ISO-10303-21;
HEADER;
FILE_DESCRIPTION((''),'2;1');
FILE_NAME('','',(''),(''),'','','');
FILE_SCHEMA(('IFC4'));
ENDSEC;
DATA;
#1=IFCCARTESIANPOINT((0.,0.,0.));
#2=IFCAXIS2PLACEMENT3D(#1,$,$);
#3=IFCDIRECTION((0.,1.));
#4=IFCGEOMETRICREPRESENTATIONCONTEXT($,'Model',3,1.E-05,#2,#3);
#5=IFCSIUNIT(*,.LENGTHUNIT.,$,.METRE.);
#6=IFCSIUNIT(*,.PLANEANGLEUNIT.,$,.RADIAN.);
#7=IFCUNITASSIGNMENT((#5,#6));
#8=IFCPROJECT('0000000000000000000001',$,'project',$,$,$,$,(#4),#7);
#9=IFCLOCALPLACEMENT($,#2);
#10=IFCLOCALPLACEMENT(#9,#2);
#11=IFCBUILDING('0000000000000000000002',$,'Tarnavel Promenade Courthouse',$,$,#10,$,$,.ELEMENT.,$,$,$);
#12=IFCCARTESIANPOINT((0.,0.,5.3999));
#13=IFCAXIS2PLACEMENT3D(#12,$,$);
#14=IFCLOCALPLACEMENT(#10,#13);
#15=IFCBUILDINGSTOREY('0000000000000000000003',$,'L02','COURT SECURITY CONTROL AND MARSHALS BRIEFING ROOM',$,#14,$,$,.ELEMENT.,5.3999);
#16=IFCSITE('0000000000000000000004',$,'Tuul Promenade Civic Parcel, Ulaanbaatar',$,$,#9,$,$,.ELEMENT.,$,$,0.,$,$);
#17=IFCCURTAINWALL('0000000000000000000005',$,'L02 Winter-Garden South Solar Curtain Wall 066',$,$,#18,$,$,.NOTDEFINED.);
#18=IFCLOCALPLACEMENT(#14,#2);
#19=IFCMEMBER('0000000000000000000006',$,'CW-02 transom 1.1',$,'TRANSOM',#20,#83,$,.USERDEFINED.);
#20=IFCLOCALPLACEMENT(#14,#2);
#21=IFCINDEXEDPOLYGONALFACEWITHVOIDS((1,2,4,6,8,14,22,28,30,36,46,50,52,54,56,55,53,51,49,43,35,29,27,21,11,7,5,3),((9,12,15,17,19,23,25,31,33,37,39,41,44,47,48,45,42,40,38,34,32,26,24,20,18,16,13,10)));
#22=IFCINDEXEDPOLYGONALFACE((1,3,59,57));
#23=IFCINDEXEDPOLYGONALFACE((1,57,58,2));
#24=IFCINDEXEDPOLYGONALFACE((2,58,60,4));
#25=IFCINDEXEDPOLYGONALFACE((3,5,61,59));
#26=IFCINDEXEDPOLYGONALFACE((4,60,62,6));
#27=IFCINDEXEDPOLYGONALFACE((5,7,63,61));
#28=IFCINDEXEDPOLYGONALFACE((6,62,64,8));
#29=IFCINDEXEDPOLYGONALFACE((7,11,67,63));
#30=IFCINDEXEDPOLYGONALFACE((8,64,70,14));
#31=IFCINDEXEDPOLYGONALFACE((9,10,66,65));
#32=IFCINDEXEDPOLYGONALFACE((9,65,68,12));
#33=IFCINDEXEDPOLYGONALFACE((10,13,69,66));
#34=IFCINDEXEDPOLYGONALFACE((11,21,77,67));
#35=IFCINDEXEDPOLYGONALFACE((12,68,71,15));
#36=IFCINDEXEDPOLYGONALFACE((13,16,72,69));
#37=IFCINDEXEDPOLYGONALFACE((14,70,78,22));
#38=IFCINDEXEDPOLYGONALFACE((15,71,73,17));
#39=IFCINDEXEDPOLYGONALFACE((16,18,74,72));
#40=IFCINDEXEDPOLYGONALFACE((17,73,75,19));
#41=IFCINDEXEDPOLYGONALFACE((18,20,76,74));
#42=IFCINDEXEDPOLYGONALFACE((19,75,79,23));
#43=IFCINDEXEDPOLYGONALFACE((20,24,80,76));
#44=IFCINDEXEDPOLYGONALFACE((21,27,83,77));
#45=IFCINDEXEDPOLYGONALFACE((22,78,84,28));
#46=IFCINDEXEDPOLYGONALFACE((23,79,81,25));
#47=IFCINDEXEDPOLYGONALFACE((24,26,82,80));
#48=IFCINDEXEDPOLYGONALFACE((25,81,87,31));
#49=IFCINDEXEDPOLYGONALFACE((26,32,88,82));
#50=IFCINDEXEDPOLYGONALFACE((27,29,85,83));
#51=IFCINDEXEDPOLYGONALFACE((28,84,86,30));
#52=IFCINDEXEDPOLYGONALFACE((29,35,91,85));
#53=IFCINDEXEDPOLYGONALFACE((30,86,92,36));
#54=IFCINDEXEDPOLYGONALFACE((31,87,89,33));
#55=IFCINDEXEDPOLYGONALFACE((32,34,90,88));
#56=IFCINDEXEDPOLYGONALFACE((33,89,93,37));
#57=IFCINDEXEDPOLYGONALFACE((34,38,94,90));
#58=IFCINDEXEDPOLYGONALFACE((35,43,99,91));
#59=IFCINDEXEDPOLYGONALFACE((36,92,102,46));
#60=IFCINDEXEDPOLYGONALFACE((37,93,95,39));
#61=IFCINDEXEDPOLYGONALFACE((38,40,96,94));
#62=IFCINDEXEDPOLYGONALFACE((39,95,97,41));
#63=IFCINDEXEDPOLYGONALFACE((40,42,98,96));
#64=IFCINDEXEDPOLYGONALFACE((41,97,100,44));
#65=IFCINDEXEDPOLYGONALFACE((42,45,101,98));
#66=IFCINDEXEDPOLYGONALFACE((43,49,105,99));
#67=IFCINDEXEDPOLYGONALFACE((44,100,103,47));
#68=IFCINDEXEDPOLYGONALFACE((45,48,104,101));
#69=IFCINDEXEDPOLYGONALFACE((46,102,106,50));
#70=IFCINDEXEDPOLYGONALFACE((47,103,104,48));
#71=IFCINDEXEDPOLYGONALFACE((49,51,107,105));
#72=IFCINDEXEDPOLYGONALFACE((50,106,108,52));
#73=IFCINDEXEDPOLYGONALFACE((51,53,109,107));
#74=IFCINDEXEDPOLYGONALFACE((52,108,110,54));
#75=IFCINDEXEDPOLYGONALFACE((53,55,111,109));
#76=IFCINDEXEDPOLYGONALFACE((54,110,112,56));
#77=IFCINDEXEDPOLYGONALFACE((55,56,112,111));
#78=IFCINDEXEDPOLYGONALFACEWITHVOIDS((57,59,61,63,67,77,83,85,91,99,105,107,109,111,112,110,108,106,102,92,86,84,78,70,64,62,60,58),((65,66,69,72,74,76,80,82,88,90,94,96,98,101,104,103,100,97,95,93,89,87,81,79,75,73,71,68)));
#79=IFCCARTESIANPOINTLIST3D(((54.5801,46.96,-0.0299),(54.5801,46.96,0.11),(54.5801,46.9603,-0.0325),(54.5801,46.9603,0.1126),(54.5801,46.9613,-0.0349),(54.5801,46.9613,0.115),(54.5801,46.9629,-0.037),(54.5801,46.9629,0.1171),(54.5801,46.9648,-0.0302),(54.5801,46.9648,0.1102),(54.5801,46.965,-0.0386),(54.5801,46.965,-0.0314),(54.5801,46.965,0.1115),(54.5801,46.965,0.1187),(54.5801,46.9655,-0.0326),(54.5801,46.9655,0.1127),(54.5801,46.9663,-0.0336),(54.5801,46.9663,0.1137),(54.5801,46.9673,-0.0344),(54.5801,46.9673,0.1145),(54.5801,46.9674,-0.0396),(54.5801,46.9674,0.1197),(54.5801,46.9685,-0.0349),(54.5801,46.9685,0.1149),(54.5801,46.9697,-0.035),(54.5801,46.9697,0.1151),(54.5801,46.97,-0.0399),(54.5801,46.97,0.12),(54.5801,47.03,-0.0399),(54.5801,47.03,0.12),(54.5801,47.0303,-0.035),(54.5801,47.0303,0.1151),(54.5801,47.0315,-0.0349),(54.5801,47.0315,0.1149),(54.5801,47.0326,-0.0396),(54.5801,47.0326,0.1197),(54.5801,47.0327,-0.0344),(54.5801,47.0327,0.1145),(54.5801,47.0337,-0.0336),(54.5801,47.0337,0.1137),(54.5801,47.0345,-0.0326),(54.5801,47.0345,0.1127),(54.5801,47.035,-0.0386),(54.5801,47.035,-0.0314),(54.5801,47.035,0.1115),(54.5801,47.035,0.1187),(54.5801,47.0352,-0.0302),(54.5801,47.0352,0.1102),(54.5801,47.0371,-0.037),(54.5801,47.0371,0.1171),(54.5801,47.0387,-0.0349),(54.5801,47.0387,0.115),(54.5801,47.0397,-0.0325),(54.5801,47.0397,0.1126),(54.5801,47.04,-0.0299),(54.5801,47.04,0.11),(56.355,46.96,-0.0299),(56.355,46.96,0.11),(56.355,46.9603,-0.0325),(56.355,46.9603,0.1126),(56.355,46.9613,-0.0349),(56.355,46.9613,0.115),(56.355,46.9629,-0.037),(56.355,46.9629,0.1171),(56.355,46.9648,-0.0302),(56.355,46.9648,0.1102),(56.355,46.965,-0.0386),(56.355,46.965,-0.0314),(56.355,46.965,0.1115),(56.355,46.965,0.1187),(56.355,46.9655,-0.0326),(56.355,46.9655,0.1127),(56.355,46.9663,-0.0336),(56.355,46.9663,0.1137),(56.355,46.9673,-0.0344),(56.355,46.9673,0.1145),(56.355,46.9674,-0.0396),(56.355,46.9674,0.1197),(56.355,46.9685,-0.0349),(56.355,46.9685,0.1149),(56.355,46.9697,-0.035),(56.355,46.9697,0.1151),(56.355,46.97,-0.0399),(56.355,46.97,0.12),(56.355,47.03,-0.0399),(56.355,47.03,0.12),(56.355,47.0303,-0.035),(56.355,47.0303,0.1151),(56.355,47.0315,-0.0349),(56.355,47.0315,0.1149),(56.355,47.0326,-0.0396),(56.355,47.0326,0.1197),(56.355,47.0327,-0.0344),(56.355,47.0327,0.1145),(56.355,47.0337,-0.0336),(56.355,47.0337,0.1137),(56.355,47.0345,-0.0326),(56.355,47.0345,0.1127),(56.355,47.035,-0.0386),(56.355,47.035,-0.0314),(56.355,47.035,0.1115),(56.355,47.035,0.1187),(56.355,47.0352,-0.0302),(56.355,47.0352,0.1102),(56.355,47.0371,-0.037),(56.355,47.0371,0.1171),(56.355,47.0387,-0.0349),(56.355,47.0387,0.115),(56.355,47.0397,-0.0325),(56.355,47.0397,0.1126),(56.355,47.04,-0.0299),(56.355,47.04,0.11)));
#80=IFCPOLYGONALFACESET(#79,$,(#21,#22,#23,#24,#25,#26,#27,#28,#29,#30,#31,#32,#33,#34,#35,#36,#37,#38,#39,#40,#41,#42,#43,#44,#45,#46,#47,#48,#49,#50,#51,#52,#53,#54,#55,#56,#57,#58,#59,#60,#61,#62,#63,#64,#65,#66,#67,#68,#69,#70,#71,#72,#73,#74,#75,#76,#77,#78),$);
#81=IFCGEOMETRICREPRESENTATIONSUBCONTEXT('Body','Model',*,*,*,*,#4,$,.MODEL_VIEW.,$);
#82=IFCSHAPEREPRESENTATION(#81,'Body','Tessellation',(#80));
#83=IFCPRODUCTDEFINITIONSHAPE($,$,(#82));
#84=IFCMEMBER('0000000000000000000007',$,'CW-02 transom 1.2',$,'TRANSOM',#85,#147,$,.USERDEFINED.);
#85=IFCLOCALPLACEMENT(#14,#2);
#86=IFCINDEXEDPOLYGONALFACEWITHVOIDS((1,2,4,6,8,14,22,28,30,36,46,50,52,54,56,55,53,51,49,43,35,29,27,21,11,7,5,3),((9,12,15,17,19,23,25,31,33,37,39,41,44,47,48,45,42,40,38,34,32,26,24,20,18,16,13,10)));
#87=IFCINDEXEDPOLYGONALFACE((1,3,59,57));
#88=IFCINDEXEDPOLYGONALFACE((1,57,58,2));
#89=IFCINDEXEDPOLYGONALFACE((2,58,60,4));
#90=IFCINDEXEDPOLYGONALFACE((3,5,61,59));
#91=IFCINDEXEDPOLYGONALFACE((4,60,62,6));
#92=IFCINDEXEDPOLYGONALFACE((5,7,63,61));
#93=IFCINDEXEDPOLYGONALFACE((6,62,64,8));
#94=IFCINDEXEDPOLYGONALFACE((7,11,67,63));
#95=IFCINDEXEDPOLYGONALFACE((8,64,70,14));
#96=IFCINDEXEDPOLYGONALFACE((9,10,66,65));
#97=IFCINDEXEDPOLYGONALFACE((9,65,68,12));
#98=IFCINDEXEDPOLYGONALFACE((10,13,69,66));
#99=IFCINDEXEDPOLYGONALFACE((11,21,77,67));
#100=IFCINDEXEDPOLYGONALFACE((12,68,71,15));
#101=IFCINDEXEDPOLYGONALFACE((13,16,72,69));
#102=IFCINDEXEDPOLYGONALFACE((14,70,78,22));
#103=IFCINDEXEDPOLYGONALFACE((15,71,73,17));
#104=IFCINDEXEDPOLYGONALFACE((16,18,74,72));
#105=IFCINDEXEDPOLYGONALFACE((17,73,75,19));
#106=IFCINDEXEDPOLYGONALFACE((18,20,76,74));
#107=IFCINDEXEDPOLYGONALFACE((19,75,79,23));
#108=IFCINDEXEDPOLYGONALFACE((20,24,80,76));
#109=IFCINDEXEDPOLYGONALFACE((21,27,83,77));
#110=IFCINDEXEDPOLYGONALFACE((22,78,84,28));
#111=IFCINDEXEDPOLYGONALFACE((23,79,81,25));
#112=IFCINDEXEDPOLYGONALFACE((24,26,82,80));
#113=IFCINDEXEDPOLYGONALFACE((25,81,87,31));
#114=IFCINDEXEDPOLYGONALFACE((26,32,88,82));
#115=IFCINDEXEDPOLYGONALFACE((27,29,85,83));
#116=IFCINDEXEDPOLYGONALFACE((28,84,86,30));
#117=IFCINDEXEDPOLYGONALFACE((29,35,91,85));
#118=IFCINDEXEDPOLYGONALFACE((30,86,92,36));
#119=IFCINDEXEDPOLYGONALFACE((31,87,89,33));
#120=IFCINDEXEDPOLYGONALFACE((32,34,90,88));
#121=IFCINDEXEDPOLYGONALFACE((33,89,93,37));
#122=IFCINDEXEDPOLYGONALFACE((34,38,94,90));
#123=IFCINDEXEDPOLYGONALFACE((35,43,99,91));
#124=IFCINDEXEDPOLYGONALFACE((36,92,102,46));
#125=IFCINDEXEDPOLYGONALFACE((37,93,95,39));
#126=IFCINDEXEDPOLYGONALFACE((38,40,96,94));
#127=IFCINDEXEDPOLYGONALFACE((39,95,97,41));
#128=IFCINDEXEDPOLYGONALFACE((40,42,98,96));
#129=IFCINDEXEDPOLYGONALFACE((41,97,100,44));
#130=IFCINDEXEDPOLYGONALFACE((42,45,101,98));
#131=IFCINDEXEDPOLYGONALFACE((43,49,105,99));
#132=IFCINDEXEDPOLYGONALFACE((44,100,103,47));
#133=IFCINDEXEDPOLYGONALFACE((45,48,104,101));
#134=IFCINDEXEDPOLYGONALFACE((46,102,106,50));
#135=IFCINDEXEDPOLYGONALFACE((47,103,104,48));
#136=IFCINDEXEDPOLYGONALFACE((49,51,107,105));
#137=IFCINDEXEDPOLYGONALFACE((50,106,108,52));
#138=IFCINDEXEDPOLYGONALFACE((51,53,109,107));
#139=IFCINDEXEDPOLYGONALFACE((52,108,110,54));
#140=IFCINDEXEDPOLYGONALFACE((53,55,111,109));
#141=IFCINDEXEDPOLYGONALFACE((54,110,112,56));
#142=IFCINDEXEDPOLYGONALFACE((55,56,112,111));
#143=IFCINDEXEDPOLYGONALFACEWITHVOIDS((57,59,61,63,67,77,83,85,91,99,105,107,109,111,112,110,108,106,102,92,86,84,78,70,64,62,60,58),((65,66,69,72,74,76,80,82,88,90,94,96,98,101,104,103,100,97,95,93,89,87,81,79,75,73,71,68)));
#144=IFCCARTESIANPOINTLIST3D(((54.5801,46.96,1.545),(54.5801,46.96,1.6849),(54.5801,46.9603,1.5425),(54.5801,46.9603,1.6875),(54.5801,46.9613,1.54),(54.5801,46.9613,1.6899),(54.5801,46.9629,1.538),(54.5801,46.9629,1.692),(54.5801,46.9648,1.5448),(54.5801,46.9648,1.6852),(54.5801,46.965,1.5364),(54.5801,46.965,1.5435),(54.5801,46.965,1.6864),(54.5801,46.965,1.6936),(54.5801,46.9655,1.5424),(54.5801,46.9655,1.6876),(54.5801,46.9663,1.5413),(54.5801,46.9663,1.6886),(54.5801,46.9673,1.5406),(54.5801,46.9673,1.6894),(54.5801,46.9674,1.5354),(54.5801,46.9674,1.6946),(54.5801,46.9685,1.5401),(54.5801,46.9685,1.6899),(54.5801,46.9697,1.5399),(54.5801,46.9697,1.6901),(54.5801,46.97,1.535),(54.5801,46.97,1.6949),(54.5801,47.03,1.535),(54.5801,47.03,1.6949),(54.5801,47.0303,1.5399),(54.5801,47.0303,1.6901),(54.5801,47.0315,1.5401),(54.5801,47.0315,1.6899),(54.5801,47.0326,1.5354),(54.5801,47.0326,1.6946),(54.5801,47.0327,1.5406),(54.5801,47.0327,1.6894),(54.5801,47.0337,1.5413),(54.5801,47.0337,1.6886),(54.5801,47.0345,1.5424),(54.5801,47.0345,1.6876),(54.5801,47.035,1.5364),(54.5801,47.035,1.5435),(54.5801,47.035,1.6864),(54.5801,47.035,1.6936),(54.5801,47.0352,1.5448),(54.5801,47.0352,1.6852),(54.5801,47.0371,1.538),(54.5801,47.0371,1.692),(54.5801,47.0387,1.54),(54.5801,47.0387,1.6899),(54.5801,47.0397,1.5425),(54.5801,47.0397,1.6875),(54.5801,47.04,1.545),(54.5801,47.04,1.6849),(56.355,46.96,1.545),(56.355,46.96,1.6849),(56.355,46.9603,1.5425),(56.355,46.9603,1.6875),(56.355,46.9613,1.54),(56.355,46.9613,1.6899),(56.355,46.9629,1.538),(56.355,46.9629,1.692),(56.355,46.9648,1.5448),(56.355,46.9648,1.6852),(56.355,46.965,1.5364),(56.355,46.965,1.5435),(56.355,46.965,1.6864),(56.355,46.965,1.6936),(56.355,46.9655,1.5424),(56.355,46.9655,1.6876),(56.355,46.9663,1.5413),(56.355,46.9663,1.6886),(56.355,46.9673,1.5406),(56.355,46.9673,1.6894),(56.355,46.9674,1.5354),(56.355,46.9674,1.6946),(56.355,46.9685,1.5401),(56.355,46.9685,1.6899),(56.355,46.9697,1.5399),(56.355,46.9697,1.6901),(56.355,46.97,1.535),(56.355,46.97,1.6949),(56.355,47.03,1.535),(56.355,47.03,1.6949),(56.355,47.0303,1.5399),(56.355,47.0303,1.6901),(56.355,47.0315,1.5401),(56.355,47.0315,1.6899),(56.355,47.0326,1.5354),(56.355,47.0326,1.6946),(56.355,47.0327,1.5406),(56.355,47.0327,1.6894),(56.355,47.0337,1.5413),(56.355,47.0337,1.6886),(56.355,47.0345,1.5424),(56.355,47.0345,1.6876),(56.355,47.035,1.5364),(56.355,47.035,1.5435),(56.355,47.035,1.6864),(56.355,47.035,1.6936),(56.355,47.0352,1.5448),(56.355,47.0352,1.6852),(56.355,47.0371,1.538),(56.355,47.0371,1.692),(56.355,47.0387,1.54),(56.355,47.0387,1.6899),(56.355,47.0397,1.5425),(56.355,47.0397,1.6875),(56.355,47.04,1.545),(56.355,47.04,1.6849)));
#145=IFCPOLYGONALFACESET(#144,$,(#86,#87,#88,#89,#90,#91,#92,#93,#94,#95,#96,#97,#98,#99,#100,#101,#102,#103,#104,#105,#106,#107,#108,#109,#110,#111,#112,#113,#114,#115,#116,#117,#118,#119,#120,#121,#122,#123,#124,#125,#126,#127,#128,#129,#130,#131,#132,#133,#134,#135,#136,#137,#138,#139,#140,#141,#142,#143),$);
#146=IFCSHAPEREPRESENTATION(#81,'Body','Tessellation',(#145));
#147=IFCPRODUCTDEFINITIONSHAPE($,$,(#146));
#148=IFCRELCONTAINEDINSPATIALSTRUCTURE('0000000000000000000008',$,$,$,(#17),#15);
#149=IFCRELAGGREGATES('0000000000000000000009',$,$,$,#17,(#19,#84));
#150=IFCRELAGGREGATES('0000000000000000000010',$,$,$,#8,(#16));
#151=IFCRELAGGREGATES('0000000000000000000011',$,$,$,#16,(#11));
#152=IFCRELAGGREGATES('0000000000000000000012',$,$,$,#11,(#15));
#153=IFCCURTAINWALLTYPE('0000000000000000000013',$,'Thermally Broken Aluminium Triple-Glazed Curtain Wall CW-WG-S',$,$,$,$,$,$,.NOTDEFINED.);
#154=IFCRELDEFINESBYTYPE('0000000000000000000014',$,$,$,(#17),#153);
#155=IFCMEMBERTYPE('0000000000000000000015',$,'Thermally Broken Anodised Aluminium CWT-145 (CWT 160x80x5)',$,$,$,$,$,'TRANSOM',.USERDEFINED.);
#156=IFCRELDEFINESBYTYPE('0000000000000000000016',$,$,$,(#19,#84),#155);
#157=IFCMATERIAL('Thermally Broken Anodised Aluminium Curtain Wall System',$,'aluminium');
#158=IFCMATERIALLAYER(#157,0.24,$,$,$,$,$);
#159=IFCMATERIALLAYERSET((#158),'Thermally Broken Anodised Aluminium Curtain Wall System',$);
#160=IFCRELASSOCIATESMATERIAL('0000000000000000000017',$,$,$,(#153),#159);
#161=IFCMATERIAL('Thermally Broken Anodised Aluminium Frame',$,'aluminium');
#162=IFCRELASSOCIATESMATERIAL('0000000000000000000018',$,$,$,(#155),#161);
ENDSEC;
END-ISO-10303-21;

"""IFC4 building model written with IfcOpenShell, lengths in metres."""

from ifc_helpers import new_model, si_unit, direction, frame, origin, origin_2d, place, context, subcontext, project, spatial, hollow_rectangle, extrude, material, layer, layer_set, material_profile, profile_set, type_object, element, aggregate, save


model = new_model("IFC4")

# Units and contexts
model_context = context("Model", 3, precision=1e-05, world=origin(), true_north=direction((0.0, 1.0)))
body_context = subcontext(model_context, "Body", "Model", "MODEL_VIEW")
ifc_project = project(units=[si_unit("LENGTHUNIT", "METRE"), si_unit("PLANEANGLEUNIT", "RADIAN")], contexts=[model_context])

# Site, building, storey
site_placement = place(None, origin())
site = spatial("IfcSite", under=ifc_project, at=site_placement, Name="Tuul Promenade Civic Parcel, Ulaanbaatar", CompositionType="ELEMENT", RefElevation=0.0)
building_placement = place(site_placement, origin())
building = spatial("IfcBuilding", under=site, at=building_placement, Name="Tarnavel Promenade Courthouse", CompositionType="ELEMENT")
storey_placement = place(building_placement, frame((0.0, 0.0, 5.3999)))
storey = spatial("IfcBuildingStorey", under=building, at=storey_placement, Name="L02", Description="COURT SECURITY CONTROL AND MARSHALS BRIEFING ROOM", CompositionType="ELEMENT", Elevation=5.3999)

# Curtain wall
ifc_material_1 = material(Name="Thermally Broken Anodised Aluminium Curtain Wall System", Category="aluminium")
ifc_layer_1 = layer(ifc_material_1, 0.24)
ifc_layer_set_1 = layer_set([ifc_layer_1], Name="Thermally Broken Anodised Aluminium Curtain Wall System")
curtain_wall_type = type_object("IfcCurtainWallType", Name="Thermally Broken Aluminium Triple-Glazed Curtain Wall CW-WG-S", PredefinedType="NOTDEFINED", material=ifc_layer_set_1)
ifc_material_2 = material(Name="Thermally Broken Anodised Aluminium Frame", Category="aluminium")
curtain_wall_1_placement = place(storey_placement, origin())
curtain_wall_1 = element("IfcCurtainWall", 1, at=curtain_wall_1_placement, inside=storey, type_object=curtain_wall_type, Name="L02 Winter-Garden South Solar Curtain Wall 066", PredefinedType="NOTDEFINED")

# Members
ifc_material_profile_1 = material_profile(ifc_material_2, hollow_rectangle(XDim=0.0801, YDim=0.1599, WallThickness=0.0049, InnerFilletRadius=0.0049, OuterFilletRadius=0.01, at=origin_2d()), Name="CWT 160x80x5")
ifc_profile_set_1 = profile_set([ifc_material_profile_1], Name="Thermally Broken Anodised Aluminium Frame")
member_type_1 = type_object("IfcMemberType", Name="Thermally Broken Anodised Aluminium CWT-145 (CWT 160x80x5)", ElementType="TRANSOM", PredefinedType="USERDEFINED", material=ifc_profile_set_1)
member_1_placement = place(storey_placement, frame((54.5801, 47.0, 0.04), z_axis=(1.0, 0.0, 0.0), x_axis=(0.0, 1.0, 0.0)))
member_1 = element("IfcMember", 2, at=member_1_placement, type_object=member_type_1, Name="CW-02 transom 1.1", ObjectType="TRANSOM", PredefinedType="USERDEFINED", context=body_context, shape_type="SweptSolid", body=[
    extrude(hollow_rectangle(XDim=0.0801, YDim=0.1599, WallThickness=0.0049, InnerFilletRadius=0.0049, OuterFilletRadius=0.01, at=origin_2d()), origin(), (0.0, 0.0, 1.0), 1.7749),
])
member_2_placement = place(storey_placement, frame((54.5801, 47.0, 1.615), z_axis=(1.0, 0.0, 0.0), x_axis=(0.0, 1.0, 0.0)))
member_2 = element("IfcMember", 3, at=member_2_placement, type_object=member_type_1, Name="CW-02 transom 1.2", ObjectType="TRANSOM", PredefinedType="USERDEFINED", context=body_context, shape_type="SweptSolid", body=[
    extrude(hollow_rectangle(XDim=0.0801, YDim=0.1599, WallThickness=0.0049, InnerFilletRadius=0.0049, OuterFilletRadius=0.01, at=origin_2d()), origin(), (0.0, 0.0, 1.0), 1.7749),
])

aggregate(curtain_wall_1, [member_1, member_2])

save(model, "model.ifc")
